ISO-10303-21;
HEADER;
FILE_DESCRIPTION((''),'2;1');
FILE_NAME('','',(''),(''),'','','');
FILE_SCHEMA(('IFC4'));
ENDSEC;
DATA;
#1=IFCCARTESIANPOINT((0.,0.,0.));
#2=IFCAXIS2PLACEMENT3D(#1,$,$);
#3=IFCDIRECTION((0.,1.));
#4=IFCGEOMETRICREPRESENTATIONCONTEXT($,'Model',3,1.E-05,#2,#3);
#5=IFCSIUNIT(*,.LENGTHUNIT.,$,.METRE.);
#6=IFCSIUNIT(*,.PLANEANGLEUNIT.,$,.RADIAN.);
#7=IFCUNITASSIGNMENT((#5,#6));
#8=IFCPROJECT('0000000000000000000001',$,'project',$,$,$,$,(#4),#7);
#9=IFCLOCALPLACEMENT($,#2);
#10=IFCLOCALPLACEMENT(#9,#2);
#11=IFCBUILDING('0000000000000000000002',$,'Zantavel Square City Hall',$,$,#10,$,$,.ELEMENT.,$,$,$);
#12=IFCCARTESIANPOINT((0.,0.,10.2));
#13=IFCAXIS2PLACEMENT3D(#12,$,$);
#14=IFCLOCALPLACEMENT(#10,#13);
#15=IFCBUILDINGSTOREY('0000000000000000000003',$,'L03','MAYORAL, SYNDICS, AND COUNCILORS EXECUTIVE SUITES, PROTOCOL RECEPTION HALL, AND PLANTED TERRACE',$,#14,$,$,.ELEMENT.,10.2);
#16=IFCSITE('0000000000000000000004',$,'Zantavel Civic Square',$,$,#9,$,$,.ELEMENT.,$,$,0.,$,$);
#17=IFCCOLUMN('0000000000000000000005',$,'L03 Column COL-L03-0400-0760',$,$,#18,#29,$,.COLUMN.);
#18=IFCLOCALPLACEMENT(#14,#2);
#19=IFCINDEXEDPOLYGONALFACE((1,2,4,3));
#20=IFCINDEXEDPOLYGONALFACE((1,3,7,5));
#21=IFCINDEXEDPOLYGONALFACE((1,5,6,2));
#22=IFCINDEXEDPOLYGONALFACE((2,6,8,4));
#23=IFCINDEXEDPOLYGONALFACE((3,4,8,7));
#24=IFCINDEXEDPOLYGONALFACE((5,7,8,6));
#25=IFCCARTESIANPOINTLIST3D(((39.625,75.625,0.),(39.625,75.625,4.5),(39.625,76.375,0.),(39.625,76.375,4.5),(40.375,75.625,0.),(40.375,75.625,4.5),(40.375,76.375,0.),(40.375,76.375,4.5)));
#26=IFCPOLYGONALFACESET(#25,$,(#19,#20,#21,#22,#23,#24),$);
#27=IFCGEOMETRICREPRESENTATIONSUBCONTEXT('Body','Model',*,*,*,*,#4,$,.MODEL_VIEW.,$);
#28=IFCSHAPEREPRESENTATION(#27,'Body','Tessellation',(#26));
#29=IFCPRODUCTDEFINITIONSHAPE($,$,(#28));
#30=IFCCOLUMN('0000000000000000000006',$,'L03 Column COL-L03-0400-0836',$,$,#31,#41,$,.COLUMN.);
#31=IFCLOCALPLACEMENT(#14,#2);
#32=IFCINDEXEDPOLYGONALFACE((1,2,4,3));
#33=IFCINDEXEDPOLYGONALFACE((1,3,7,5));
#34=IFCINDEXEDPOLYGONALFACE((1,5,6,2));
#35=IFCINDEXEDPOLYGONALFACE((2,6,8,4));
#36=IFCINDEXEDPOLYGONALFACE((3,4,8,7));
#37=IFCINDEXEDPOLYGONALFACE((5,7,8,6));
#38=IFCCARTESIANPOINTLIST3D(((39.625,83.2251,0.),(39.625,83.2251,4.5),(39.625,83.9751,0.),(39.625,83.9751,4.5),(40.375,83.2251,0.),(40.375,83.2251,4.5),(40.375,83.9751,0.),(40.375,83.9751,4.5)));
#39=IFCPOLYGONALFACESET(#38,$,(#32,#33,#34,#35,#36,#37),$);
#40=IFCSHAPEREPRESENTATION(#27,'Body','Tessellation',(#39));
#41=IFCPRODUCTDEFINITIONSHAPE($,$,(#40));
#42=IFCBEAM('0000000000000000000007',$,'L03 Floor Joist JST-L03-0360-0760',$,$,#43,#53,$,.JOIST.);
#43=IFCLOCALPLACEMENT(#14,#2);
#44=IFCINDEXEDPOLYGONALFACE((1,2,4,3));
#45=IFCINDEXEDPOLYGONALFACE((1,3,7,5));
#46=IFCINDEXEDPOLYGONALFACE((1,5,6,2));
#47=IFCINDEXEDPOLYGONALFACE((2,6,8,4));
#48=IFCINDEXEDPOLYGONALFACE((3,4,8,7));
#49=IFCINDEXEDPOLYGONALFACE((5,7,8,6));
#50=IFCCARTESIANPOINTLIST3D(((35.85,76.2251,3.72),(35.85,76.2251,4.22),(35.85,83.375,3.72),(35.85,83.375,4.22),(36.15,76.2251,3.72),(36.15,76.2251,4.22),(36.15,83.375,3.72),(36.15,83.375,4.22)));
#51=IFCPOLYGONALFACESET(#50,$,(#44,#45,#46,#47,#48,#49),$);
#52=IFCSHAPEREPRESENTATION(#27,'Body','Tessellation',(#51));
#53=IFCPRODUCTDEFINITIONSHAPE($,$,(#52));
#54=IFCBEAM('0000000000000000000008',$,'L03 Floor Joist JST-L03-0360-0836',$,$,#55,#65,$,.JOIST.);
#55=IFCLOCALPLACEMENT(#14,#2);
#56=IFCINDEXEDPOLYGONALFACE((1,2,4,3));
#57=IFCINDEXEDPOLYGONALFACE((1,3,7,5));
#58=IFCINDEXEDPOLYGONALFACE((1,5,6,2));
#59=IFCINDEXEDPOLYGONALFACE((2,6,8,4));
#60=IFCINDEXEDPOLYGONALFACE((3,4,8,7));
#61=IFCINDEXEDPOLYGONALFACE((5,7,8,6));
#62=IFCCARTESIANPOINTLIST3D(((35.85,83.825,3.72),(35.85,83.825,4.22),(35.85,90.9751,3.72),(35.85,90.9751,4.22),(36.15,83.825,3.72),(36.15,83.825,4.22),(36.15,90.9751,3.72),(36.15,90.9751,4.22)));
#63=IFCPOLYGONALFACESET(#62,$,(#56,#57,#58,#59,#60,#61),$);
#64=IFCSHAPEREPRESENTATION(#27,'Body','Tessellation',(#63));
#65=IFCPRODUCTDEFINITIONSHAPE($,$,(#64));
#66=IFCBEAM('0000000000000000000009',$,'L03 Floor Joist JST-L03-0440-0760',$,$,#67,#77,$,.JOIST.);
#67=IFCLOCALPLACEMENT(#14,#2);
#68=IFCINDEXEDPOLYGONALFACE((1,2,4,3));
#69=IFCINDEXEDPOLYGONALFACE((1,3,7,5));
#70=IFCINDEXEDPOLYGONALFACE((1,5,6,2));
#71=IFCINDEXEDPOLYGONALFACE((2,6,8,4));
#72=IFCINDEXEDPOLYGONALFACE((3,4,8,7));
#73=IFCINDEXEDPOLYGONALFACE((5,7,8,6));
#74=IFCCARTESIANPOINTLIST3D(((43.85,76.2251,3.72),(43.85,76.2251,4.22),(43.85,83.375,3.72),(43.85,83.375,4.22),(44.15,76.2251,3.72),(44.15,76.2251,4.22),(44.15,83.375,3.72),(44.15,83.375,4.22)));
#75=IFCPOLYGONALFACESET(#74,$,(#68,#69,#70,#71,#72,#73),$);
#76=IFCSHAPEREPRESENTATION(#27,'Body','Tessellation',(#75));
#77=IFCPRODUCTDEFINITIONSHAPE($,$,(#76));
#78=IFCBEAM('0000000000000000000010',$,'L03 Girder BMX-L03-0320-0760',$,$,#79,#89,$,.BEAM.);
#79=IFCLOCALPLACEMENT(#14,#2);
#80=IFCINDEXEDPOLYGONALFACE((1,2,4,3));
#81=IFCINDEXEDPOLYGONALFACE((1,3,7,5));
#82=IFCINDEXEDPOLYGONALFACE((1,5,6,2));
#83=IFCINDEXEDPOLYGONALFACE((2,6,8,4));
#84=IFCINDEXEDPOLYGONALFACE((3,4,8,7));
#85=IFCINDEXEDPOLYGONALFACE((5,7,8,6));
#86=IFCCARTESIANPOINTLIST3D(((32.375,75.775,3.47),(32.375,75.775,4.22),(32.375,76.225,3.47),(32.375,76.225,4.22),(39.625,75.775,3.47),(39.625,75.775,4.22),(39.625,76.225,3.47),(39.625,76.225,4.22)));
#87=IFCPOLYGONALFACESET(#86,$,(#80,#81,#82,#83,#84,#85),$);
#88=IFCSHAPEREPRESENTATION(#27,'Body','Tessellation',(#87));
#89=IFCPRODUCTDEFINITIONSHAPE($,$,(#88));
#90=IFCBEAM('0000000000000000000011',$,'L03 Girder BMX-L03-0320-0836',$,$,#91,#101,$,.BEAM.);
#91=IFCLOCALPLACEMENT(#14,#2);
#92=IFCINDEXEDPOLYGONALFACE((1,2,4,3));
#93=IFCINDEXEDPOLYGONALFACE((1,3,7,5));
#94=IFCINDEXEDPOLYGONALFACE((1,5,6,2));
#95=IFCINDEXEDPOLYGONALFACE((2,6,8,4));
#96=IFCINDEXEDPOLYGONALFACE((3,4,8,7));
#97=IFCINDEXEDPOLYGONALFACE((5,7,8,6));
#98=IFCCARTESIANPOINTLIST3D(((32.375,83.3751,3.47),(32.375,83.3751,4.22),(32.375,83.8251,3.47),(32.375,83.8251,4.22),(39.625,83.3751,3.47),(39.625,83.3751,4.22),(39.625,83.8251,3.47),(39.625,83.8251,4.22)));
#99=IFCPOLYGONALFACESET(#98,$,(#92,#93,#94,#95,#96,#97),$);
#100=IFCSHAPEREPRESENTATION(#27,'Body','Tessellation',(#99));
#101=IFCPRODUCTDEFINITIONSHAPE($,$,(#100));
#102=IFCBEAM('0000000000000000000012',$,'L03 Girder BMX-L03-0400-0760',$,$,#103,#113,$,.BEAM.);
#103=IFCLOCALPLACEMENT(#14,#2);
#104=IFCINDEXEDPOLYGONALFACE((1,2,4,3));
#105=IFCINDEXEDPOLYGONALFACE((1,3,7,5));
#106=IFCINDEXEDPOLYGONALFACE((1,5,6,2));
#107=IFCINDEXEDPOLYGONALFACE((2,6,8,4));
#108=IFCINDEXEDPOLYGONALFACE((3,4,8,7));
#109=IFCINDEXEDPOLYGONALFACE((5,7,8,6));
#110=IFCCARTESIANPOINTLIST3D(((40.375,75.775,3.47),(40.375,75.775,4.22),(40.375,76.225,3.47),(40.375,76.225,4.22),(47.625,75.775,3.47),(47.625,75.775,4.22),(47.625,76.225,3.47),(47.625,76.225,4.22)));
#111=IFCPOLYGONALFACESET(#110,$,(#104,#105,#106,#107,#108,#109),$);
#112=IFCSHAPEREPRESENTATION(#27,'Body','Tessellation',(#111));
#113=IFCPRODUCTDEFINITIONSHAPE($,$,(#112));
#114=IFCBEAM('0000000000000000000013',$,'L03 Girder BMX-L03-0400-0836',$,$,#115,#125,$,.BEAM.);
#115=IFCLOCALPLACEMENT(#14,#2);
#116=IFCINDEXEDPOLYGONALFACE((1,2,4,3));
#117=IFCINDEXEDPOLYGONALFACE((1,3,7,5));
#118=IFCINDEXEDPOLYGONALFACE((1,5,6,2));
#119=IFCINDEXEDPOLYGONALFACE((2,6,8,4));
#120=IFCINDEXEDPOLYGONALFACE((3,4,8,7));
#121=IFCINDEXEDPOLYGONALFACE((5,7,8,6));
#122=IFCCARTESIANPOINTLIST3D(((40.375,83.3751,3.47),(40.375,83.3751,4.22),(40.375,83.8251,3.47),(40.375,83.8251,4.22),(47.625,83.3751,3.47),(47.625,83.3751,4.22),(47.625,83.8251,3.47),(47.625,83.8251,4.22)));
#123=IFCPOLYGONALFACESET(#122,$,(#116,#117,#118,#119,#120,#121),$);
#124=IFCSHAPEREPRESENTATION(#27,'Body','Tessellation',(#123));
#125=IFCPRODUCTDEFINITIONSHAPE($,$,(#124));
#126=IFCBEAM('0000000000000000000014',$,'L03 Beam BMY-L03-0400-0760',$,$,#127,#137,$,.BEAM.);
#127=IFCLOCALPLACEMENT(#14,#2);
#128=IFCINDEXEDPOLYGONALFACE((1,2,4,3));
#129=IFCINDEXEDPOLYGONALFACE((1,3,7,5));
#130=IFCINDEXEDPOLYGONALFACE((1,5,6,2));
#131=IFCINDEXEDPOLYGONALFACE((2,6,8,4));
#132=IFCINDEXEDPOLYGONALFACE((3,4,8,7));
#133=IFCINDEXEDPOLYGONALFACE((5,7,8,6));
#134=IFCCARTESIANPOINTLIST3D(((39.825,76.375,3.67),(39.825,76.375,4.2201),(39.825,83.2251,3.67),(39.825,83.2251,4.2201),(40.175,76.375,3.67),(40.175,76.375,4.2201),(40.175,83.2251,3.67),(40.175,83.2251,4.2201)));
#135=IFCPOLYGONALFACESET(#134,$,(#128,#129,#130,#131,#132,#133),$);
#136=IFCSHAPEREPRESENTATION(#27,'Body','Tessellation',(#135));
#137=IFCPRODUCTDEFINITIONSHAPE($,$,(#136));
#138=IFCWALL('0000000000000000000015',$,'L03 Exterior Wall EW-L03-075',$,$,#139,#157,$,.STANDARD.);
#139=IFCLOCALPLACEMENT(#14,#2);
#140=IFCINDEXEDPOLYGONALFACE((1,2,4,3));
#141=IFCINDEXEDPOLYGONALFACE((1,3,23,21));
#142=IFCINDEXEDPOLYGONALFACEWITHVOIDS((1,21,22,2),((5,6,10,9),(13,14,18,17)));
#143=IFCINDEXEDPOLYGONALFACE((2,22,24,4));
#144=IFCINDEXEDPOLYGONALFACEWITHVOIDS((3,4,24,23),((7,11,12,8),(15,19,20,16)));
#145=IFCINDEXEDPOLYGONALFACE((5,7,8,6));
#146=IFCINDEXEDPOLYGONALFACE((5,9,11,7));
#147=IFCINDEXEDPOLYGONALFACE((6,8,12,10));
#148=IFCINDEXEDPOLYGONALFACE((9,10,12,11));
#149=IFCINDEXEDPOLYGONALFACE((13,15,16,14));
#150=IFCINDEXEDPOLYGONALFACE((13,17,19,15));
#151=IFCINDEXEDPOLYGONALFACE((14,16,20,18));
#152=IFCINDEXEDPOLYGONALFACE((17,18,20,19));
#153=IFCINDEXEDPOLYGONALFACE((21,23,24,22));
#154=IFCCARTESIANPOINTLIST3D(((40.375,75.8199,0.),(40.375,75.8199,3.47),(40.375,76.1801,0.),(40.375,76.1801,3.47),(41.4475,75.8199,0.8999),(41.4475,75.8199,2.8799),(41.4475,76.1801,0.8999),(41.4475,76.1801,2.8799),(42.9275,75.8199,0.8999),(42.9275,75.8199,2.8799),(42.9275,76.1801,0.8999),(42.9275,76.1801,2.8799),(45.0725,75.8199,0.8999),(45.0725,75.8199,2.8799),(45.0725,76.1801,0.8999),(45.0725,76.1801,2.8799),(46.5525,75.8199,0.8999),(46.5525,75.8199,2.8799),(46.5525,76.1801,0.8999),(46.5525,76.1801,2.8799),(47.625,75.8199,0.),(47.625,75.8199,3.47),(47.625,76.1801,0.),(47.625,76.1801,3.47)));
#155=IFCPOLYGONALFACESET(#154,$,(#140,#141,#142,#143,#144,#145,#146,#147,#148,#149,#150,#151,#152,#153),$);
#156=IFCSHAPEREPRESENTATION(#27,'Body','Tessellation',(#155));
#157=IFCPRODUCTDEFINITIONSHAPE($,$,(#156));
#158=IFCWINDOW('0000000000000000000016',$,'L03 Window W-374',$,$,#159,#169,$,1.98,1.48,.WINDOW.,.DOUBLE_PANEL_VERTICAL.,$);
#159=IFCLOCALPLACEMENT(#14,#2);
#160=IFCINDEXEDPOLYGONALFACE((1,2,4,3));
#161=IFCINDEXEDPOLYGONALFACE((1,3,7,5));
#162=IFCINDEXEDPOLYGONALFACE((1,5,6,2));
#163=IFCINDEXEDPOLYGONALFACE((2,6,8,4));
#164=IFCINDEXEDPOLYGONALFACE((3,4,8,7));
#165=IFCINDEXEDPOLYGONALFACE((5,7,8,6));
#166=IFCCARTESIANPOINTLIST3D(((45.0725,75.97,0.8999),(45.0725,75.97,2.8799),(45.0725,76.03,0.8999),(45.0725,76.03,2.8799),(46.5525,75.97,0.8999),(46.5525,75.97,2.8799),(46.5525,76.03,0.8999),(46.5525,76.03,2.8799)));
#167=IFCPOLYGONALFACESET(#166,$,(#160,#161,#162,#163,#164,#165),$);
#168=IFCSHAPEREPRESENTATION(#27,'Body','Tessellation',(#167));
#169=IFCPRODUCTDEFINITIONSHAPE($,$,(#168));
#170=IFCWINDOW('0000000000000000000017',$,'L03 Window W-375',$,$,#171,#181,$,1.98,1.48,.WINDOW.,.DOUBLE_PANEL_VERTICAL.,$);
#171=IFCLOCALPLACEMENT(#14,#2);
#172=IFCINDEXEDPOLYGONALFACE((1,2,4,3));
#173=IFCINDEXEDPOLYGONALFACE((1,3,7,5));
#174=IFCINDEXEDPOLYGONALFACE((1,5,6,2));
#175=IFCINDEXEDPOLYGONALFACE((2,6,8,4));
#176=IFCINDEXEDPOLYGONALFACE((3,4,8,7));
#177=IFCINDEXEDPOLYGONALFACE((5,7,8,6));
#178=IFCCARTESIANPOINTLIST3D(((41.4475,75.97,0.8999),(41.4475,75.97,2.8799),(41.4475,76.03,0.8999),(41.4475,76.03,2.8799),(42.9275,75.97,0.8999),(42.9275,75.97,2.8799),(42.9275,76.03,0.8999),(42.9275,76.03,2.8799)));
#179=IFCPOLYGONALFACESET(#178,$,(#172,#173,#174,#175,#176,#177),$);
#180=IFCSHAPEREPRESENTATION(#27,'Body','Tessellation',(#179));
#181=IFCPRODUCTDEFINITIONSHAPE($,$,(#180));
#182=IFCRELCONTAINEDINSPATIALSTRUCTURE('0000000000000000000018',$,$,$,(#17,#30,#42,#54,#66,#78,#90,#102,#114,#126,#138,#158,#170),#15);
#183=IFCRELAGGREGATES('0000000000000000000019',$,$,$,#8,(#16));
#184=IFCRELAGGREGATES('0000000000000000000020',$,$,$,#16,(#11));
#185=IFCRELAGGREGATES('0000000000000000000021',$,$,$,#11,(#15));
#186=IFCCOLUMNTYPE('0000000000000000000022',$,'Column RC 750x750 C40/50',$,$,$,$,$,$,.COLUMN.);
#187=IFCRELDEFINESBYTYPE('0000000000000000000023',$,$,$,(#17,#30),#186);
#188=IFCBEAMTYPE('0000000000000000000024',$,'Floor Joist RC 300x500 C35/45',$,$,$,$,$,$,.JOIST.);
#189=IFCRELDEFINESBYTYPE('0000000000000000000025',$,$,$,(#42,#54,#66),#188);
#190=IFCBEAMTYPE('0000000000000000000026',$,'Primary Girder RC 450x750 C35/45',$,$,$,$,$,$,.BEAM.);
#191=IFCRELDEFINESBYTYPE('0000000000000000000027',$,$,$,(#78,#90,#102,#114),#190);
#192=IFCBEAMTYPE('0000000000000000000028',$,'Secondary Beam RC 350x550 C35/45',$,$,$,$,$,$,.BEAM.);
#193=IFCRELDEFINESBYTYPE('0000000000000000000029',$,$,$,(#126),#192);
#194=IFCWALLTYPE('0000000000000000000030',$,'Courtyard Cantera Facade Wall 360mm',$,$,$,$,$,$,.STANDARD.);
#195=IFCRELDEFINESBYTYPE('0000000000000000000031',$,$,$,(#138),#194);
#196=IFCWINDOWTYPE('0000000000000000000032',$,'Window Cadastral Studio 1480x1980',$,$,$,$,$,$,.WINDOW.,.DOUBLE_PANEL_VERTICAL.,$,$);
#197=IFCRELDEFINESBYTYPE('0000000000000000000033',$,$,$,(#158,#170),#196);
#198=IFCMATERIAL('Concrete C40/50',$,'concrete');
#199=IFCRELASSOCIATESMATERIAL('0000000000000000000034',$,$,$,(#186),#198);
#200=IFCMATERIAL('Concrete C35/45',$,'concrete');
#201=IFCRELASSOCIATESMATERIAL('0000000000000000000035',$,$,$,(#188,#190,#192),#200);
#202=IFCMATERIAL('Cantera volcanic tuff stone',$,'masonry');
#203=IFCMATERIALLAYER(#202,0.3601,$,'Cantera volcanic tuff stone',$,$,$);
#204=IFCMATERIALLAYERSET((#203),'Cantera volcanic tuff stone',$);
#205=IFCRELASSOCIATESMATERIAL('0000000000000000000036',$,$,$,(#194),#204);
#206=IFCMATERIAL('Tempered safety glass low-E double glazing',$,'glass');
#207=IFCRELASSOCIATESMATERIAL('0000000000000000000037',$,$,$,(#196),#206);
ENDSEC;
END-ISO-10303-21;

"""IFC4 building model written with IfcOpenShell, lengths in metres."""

from ifc_helpers import new_model, si_unit, direction, frame, frame_2d, origin, origin_2d, place, context, subcontext, project, spatial, rectangle, extrude, material, layer, layer_set, material_profile, profile_set, type_object, element, fill, save


model = new_model("IFC4")

# Units and contexts
model_context = context("Model", 3, precision=1e-05, world=origin(), true_north=direction((0.0, 1.0)))
body_context = subcontext(model_context, "Body", "Model", "MODEL_VIEW")
ifc_project = project(units=[si_unit("LENGTHUNIT", "METRE"), si_unit("PLANEANGLEUNIT", "RADIAN")], contexts=[model_context])

# Site, building, storey
site_placement = place(None, origin())
site = spatial("IfcSite", under=ifc_project, at=site_placement, Name="Zantavel Civic Square", CompositionType="ELEMENT", RefElevation=0.0)
building_placement = place(site_placement, origin())
building = spatial("IfcBuilding", under=site, at=building_placement, Name="Zantavel Square City Hall", CompositionType="ELEMENT")
storey_placement = place(building_placement, frame((0.0, 0.0, 10.2)))
storey = spatial("IfcBuildingStorey", under=building, at=storey_placement, Name="L03", Description="MAYORAL, SYNDICS, AND COUNCILORS EXECUTIVE SUITES, PROTOCOL RECEPTION HALL, AND PLANTED TERRACE", CompositionType="ELEMENT", Elevation=10.2)

# Columns
ifc_material_1 = material(Name="Concrete C40/50", Category="concrete")
ifc_material_profile_1 = material_profile(ifc_material_1, rectangle(XDim=0.75, YDim=0.75, at=origin_2d()), Name="RC 750x750")
ifc_profile_set_1 = profile_set([ifc_material_profile_1], Name="Concrete C40/50")
column_type = type_object("IfcColumnType", Name="Column RC 750x750 C40/50", PredefinedType="COLUMN", material=ifc_profile_set_1)
for number, where, z_axis, x_axis, name in (
    (1, (40.0, 76.0, 0.0), (0.0, 0.0, 1.0), (1.0, 0.0, 0.0), "L03 Column COL-L03-0400-0760"),
    (2, (40.0, 83.6001, 0.0), (0.0, 0.0, 1.0), (1.0, 0.0, 0.0), "L03 Column COL-L03-0400-0836"),
):
    element("IfcColumn", number, at=place(storey_placement, frame(where, z_axis=z_axis, x_axis=x_axis)), inside=storey, type_object=column_type, Name=name, PredefinedType="COLUMN", context=body_context, shape_type="SweptSolid", body=[
        extrude(rectangle(XDim=0.75, YDim=0.75, at=origin_2d()), origin(), (0.0, 0.0, 1.0), 4.5),
    ])

# Beams
ifc_material_2 = material(Name="Concrete C35/45", Category="concrete")
ifc_material_profile_2 = material_profile(ifc_material_2, rectangle(XDim=0.3, YDim=0.5, at=origin_2d()), Name="RC 300x500")
ifc_profile_set_2 = profile_set([ifc_material_profile_2], Name="Concrete C35/45")
beam_type_1 = type_object("IfcBeamType", Name="Floor Joist RC 300x500 C35/45", PredefinedType="JOIST", material=ifc_profile_set_2)
beam_1_placement = place(storey_placement, frame((36.0, 76.2251, 3.97), z_axis=(0.0, 1.0, 0.0), x_axis=(-1.0, 0.0, 0.0)))
element("IfcBeam", 3, at=beam_1_placement, inside=storey, type_object=beam_type_1, Name="L03 Floor Joist JST-L03-0360-0760", PredefinedType="JOIST", context=body_context, shape_type="SweptSolid", body=[
    extrude(rectangle(XDim=0.3, YDim=0.5, at=origin_2d()), origin(), (0.0, 0.0, 1.0), 7.1499),
])
beam_2_placement = place(storey_placement, frame((36.0, 83.825, 3.97), z_axis=(0.0, 1.0, 0.0), x_axis=(-1.0, 0.0, 0.0)))
element("IfcBeam", 4, at=beam_2_placement, inside=storey, type_object=beam_type_1, Name="L03 Floor Joist JST-L03-0360-0836", PredefinedType="JOIST", context=body_context, shape_type="SweptSolid", body=[
    extrude(rectangle(XDim=0.3, YDim=0.5, at=origin_2d()), origin(), (0.0, 0.0, 1.0), 7.1501),
])
beam_3_placement = place(storey_placement, frame((44.0, 76.2251, 3.97), z_axis=(0.0, 1.0, 0.0), x_axis=(-1.0, 0.0, 0.0)))
element("IfcBeam", 5, at=beam_3_placement, inside=storey, type_object=beam_type_1, Name="L03 Floor Joist JST-L03-0440-0760", PredefinedType="JOIST", context=body_context, shape_type="SweptSolid", body=[
    extrude(rectangle(XDim=0.3, YDim=0.5, at=origin_2d()), origin(), (0.0, 0.0, 1.0), 7.1499),
])
ifc_material_profile_3 = material_profile(ifc_material_2, rectangle(XDim=0.45, YDim=0.75, at=origin_2d()), Name="RC 450x750")
ifc_profile_set_3 = profile_set([ifc_material_profile_3], Name="Concrete C35/45")
beam_type_2 = type_object("IfcBeamType", Name="Primary Girder RC 450x750 C35/45", PredefinedType="BEAM", material=ifc_profile_set_3)
for number, where, z_axis, x_axis, name in (
    (6, (32.375, 76.0, 3.845), (1.0, 0.0, 0.0), (0.0, 1.0, 0.0), "L03 Girder BMX-L03-0320-0760"),
    (7, (32.375, 83.6001, 3.845), (1.0, 0.0, 0.0), (0.0, 1.0, 0.0), "L03 Girder BMX-L03-0320-0836"),
    (8, (40.375, 76.0, 3.845), (1.0, 0.0, 0.0), (0.0, 1.0, 0.0), "L03 Girder BMX-L03-0400-0760"),
    (9, (40.375, 83.6001, 3.845), (1.0, 0.0, 0.0), (0.0, 1.0, 0.0), "L03 Girder BMX-L03-0400-0836"),
):
    element("IfcBeam", number, at=place(storey_placement, frame(where, z_axis=z_axis, x_axis=x_axis)), inside=storey, type_object=beam_type_2, Name=name, PredefinedType="BEAM", context=body_context, shape_type="SweptSolid", body=[
        extrude(rectangle(XDim=0.45, YDim=0.75, at=origin_2d()), origin(), (0.0, 0.0, 1.0), 7.25),
    ])
ifc_material_profile_4 = material_profile(ifc_material_2, rectangle(XDim=0.3501, YDim=0.55, at=origin_2d()), Name="RC 350x550")
ifc_profile_set_4 = profile_set([ifc_material_profile_4], Name="Concrete C35/45")
beam_type_3 = type_object("IfcBeamType", Name="Secondary Beam RC 350x550 C35/45", PredefinedType="BEAM", material=ifc_profile_set_4)
beam_4_placement = place(storey_placement, frame((40.0, 76.375, 3.9451), z_axis=(0.0, 1.0, 0.0), x_axis=(-1.0, 0.0, 0.0)))
element("IfcBeam", 10, at=beam_4_placement, inside=storey, type_object=beam_type_3, Name="L03 Beam BMY-L03-0400-0760", PredefinedType="BEAM", context=body_context, shape_type="SweptSolid", body=[
    extrude(rectangle(XDim=0.3501, YDim=0.55, at=origin_2d()), origin(), (0.0, 0.0, 1.0), 6.8501),
])

# Wall, openings, windows
ifc_material_3 = material(Name="Cantera volcanic tuff stone", Category="masonry")
ifc_layer_1 = layer(ifc_material_3, 0.3601, Name="Cantera volcanic tuff stone")
ifc_layer_set_1 = layer_set([ifc_layer_1], Name="Cantera volcanic tuff stone")
wall_type_1 = type_object("IfcWallType", Name="Courtyard Cantera Facade Wall 360mm", PredefinedType="STANDARD", material=ifc_layer_set_1)
wall_1_placement = place(storey_placement, frame((47.625, 76.0, 0.0), z_axis=(0.0, 0.0, 1.0), x_axis=(-1.0, 0.0, 0.0)))
wall_1 = element("IfcWall", 11, at=wall_1_placement, inside=storey, type_object=wall_type_1, Name="L03 Exterior Wall EW-L03-075", PredefinedType="STANDARD", context=body_context, shape_type="SweptSolid", body=[
    extrude(rectangle(XDim=7.25, YDim=0.3601, at=frame_2d((3.625, 0.0))), origin(), (0.0, 0.0, 1.0), 3.47),
])
opening_1_placement = place(wall_1_placement, frame((1.0725, 0.0, 0.8999)))
opening_1 = element("IfcOpeningElement", 12, at=opening_1_placement, cuts=wall_1, PredefinedType="OPENING", context=body_context, shape_type="SweptSolid", body=[
    extrude(rectangle(XDim=1.48, YDim=1.98, at=frame_2d((0.74, 0.99))), frame((0.0, 0.1899, 0.0), z_axis=(0.0, -1.0, 0.0), x_axis=(1.0, 0.0, 0.0)), (0.0, 0.0, 1.0), 0.3801),
])
opening_2_placement = place(wall_1_placement, frame((4.6975, 0.0, 0.8999)))
opening_2 = element("IfcOpeningElement", 13, at=opening_2_placement, cuts=wall_1, PredefinedType="OPENING", context=body_context, shape_type="SweptSolid", body=[
    extrude(rectangle(XDim=1.48, YDim=1.98, at=frame_2d((0.74, 0.99))), frame((0.0, 0.1899, 0.0), z_axis=(0.0, -1.0, 0.0), x_axis=(1.0, 0.0, 0.0)), (0.0, 0.0, 1.0), 0.3801),
])
ifc_material_4 = material(Name="Tempered safety glass low-E double glazing", Category="glass")
window_type = type_object("IfcWindowType", Name="Window Cadastral Studio 1480x1980", PartitioningType="DOUBLE_PANEL_VERTICAL", PredefinedType="WINDOW", material=ifc_material_4)
window_1_placement = place(opening_1_placement, origin())
window_1 = element("IfcWindow", 14, at=window_1_placement, inside=storey, type_object=window_type, Name="L03 Window W-374", OverallHeight=1.98, OverallWidth=1.48, PartitioningType="DOUBLE_PANEL_VERTICAL", PredefinedType="WINDOW", context=body_context, shape_type="SweptSolid", body=[
    extrude(rectangle(XDim=1.48, YDim=1.98, at=frame_2d((0.74, 0.99))), frame((0.0, 0.03, 0.0), z_axis=(0.0, -1.0, 0.0), x_axis=(1.0, 0.0, 0.0)), (0.0, 0.0, 1.0), 0.0601),
])
fill(opening_1, window_1)
window_2_placement = place(opening_2_placement, origin())
window_2 = element("IfcWindow", 15, at=window_2_placement, inside=storey, type_object=window_type, Name="L03 Window W-375", OverallHeight=1.98, OverallWidth=1.48, PartitioningType="DOUBLE_PANEL_VERTICAL", PredefinedType="WINDOW", context=body_context, shape_type="SweptSolid", body=[
    extrude(rectangle(XDim=1.48, YDim=1.98, at=frame_2d((0.74, 0.99))), frame((0.0, 0.03, 0.0), z_axis=(0.0, -1.0, 0.0), x_axis=(1.0, 0.0, 0.0)), (0.0, 0.0, 1.0), 0.0601),
])
fill(opening_2, window_2)

save(model, "model.ifc")
